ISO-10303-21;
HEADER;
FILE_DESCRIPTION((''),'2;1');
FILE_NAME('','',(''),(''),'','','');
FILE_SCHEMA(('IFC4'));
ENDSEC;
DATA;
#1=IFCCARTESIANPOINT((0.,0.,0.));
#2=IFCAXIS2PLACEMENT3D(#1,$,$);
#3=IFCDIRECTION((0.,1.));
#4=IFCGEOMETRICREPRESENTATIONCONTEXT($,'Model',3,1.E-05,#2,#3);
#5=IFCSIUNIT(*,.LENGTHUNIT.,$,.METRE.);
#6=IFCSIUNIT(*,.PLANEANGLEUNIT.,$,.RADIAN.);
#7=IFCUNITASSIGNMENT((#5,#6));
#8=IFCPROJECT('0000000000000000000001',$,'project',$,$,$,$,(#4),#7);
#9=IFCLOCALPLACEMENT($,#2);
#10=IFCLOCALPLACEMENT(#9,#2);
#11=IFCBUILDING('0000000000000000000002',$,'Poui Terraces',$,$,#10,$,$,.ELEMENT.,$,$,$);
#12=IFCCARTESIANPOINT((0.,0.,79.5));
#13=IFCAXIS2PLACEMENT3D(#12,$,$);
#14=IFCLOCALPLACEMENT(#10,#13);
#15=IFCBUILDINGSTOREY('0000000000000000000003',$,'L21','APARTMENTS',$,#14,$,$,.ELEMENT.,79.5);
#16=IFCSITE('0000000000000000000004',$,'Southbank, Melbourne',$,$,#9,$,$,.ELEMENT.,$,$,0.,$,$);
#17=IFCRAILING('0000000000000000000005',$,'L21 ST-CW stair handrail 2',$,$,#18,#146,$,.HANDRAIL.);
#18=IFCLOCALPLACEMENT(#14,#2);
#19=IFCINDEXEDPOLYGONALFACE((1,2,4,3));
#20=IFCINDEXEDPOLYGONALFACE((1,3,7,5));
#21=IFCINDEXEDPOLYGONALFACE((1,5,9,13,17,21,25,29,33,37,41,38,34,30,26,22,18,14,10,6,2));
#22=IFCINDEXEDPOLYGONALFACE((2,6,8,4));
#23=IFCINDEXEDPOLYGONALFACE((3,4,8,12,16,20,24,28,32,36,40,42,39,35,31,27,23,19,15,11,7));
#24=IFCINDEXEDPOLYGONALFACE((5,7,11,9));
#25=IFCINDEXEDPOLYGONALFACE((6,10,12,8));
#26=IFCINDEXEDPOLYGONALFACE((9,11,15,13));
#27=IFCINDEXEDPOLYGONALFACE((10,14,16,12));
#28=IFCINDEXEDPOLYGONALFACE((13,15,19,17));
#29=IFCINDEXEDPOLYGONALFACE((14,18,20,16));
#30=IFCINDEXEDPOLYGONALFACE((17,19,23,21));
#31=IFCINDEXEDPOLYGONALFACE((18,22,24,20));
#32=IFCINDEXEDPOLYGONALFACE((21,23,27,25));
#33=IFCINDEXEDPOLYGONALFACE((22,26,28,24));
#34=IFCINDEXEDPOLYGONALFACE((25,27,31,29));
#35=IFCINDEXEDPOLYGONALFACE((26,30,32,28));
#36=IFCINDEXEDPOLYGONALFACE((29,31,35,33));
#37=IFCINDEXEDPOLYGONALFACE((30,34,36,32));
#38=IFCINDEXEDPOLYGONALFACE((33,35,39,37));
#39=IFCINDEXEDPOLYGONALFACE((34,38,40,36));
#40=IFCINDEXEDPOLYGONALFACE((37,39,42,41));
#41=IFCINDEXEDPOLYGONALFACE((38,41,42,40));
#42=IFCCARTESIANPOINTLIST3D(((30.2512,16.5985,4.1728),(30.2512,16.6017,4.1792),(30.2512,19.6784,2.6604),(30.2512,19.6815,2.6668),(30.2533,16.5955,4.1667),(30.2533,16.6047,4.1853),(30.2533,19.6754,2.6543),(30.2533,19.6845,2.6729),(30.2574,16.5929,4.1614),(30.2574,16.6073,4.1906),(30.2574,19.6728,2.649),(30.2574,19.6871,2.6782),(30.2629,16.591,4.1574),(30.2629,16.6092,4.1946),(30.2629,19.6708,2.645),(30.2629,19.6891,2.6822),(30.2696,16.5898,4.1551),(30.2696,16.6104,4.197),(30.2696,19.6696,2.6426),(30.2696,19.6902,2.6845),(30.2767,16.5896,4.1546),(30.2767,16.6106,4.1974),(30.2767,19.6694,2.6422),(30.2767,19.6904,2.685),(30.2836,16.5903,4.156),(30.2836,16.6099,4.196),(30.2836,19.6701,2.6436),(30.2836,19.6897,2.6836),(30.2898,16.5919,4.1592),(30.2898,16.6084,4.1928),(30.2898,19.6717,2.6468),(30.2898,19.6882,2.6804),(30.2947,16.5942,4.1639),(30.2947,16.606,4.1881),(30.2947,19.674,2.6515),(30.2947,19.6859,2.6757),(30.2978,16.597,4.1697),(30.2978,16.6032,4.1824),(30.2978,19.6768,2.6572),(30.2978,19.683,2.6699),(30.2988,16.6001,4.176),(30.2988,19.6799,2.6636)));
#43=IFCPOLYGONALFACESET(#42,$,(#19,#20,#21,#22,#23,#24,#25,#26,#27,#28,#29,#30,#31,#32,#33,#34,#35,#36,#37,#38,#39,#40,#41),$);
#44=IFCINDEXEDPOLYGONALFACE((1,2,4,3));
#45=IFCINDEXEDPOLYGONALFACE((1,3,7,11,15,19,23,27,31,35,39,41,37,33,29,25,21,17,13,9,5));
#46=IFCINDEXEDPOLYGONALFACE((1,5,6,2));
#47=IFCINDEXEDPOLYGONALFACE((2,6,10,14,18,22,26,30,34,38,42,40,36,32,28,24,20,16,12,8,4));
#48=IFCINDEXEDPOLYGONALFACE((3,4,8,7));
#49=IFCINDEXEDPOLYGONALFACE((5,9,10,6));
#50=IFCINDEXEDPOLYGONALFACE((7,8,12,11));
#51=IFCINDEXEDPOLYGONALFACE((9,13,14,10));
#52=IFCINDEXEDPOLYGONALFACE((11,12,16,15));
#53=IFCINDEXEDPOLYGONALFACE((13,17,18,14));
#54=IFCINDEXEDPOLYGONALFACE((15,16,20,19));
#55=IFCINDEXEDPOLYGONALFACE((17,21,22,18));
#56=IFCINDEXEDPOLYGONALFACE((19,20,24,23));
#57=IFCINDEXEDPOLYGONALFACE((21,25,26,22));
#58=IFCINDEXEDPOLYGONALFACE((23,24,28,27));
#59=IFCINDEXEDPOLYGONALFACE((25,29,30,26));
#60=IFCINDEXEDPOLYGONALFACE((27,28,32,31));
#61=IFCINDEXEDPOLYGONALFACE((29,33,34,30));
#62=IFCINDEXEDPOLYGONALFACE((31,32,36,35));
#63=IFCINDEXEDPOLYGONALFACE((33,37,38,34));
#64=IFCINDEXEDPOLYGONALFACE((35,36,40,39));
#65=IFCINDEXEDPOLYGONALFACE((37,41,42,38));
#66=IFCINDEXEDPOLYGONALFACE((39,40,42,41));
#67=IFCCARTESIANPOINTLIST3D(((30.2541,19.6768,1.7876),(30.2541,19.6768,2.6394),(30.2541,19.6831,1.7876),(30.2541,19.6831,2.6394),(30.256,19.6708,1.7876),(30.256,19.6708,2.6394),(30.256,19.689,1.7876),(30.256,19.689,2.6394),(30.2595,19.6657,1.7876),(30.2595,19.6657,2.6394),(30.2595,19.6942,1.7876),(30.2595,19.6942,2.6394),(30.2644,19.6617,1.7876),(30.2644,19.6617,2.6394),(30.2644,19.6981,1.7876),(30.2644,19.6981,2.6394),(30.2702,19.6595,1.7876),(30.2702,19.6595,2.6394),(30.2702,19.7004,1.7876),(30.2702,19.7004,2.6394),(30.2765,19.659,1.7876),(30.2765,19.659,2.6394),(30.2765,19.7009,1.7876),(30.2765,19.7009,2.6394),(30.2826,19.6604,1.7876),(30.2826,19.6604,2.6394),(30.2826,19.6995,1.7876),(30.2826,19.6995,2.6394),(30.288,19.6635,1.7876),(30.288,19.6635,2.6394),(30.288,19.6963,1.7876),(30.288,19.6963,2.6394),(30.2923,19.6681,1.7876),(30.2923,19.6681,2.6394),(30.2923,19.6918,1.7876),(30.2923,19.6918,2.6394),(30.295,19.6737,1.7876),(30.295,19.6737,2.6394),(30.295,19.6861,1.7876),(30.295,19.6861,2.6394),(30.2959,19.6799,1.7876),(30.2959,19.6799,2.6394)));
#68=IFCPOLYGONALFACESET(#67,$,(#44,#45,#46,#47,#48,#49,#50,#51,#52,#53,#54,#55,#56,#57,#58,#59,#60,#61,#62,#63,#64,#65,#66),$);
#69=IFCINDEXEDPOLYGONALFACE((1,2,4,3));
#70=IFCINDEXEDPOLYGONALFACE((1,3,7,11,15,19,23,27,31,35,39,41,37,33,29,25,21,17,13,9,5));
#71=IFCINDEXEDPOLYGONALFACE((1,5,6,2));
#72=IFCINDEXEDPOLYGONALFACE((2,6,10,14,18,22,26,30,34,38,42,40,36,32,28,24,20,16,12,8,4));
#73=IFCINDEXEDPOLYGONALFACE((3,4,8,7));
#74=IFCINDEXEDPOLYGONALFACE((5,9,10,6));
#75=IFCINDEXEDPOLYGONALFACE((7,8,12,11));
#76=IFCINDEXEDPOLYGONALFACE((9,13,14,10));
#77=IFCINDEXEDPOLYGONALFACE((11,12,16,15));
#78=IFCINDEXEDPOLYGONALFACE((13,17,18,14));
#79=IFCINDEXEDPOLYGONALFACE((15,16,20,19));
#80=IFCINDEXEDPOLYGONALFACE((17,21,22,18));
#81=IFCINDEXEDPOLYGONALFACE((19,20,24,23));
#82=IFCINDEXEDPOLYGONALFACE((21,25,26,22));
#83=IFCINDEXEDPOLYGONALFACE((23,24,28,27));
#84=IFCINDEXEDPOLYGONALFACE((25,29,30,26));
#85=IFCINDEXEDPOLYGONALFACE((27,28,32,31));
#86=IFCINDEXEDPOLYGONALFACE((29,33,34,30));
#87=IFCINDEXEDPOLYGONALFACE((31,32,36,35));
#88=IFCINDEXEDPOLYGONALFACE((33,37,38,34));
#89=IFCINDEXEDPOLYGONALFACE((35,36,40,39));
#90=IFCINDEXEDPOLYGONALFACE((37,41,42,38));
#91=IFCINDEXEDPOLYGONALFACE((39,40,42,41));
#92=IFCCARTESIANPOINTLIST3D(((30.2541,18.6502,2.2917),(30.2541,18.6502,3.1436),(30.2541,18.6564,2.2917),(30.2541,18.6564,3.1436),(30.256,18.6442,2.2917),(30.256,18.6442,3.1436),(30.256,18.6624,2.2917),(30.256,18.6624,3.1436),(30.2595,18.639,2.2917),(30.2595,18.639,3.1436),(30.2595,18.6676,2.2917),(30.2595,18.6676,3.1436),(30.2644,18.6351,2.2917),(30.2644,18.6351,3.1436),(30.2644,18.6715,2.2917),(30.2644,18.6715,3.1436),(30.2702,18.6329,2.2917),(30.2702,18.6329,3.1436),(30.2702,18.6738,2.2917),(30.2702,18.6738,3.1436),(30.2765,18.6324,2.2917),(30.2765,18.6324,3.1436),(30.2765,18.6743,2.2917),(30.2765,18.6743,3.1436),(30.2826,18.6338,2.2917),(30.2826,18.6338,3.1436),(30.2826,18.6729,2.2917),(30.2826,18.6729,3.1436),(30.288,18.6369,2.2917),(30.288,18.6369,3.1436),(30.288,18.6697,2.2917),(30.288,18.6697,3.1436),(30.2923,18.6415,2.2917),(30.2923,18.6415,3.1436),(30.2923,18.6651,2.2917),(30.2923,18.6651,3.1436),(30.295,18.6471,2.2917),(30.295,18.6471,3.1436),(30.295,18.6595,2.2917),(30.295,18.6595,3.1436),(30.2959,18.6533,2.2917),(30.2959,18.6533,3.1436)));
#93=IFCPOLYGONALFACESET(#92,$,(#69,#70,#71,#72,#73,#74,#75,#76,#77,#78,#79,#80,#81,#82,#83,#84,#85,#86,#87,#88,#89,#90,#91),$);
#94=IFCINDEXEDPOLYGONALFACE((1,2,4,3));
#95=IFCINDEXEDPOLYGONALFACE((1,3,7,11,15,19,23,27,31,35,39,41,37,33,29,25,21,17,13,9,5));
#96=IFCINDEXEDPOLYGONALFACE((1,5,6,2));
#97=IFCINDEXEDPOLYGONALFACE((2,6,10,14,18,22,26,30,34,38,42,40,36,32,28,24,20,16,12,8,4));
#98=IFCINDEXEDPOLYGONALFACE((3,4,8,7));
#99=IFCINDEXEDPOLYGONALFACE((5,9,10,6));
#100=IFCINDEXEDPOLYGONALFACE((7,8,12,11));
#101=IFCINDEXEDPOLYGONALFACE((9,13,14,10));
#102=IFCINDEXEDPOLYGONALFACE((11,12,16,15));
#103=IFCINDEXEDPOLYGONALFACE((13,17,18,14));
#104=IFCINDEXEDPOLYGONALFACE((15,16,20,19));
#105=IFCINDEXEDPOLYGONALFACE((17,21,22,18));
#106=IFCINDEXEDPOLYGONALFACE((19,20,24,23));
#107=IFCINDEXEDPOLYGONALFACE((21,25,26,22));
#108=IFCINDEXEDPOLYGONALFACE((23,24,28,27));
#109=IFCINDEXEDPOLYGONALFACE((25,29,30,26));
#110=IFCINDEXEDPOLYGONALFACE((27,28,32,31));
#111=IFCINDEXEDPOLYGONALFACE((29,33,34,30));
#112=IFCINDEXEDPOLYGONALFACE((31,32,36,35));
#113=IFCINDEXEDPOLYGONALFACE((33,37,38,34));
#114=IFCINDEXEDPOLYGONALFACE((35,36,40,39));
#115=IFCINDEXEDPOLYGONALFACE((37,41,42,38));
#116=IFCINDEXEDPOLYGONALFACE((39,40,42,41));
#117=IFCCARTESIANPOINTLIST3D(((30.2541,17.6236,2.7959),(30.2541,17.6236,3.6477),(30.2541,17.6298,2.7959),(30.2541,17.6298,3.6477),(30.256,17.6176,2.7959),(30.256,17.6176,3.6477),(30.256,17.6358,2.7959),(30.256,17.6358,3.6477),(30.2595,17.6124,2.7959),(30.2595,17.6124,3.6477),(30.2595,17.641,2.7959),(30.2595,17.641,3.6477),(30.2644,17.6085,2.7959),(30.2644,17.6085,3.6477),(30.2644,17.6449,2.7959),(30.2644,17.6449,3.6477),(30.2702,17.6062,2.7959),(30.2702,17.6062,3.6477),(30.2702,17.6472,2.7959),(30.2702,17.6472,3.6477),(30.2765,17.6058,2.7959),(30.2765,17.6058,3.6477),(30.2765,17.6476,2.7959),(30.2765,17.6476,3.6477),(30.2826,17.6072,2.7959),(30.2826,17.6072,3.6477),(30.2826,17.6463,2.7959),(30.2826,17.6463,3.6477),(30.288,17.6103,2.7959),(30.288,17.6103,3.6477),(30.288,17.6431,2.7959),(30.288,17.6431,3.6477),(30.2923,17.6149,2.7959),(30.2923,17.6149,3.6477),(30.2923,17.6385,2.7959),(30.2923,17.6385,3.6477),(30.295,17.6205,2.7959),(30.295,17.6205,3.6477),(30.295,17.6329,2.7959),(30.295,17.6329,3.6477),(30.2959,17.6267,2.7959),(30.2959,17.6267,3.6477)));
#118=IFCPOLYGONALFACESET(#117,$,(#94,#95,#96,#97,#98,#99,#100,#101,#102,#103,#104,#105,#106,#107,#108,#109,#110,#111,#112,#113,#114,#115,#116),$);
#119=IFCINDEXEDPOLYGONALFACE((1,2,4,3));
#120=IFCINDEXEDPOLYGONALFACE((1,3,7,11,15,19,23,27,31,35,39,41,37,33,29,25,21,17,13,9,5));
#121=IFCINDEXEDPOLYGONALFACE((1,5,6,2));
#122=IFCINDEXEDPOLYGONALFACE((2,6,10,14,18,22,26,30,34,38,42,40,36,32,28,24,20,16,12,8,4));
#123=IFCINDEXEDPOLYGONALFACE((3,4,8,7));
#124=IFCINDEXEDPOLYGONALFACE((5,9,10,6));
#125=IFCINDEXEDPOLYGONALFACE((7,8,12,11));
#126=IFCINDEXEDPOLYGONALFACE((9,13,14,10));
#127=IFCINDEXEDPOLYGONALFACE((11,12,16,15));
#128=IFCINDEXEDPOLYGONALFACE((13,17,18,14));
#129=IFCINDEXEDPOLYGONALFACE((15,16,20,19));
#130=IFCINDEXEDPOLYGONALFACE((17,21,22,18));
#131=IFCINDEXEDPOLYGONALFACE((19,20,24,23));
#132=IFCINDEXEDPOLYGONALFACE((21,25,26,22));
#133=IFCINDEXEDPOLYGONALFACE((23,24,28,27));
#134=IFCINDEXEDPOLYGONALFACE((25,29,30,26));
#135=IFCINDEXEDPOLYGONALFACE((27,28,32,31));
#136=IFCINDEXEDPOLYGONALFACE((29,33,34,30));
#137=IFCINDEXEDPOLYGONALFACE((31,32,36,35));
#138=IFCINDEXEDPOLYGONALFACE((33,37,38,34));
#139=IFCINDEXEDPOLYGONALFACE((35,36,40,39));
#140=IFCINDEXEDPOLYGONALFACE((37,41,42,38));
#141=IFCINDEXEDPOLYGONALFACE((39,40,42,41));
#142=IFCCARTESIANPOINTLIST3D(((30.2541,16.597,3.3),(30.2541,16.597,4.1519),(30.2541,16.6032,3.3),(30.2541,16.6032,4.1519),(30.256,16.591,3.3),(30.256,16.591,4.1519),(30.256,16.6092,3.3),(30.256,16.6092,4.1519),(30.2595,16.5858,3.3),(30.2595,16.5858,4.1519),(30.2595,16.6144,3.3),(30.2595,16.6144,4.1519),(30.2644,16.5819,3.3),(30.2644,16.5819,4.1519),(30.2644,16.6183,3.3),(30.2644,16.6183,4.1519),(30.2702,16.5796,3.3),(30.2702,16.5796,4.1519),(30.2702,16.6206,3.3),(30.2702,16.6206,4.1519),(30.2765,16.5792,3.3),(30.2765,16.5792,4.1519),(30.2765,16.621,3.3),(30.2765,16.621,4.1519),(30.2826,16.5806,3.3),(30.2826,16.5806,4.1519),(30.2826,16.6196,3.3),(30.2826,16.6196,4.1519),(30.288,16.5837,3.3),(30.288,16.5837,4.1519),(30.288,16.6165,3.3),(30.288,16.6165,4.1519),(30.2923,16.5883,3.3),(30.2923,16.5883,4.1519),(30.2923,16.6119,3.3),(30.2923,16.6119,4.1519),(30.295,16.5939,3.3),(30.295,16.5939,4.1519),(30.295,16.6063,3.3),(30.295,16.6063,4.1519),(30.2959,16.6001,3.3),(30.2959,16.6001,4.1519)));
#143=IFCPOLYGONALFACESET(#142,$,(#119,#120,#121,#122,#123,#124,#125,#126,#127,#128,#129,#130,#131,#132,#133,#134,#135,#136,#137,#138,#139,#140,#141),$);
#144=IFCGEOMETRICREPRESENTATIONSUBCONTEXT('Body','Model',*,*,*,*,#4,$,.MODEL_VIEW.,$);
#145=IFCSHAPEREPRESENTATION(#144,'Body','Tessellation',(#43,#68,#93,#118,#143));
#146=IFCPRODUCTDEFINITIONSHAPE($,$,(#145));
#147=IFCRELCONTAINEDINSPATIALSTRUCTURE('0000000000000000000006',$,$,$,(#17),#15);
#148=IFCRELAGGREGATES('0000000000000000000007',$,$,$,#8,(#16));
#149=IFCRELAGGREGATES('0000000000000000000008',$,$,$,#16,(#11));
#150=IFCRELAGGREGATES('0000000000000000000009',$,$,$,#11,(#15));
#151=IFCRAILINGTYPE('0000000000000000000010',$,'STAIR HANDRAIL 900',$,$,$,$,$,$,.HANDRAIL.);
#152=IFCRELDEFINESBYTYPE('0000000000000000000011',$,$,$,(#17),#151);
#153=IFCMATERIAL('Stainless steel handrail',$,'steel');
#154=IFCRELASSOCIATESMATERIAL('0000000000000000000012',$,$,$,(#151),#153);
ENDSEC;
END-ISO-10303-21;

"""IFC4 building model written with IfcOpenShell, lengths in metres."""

from ifc_helpers import new_model, si_unit, direction, frame, origin, origin_2d, place, context, subcontext, project, spatial, circle, extrude, material, type_object, element, save


model = new_model("IFC4")

# Units and contexts
model_context = context("Model", 3, precision=1e-05, world=origin(), true_north=direction((0.0, 1.0)))
body_context = subcontext(model_context, "Body", "Model", "MODEL_VIEW")
ifc_project = project(units=[si_unit("LENGTHUNIT", "METRE"), si_unit("PLANEANGLEUNIT", "RADIAN")], contexts=[model_context])

# Site, building, storey
site_placement = place(None, origin())
site = spatial("IfcSite", under=ifc_project, at=site_placement, Name="Southbank, Melbourne", CompositionType="ELEMENT", RefElevation=0.0)
building_placement = place(site_placement, origin())
building = spatial("IfcBuilding", under=site, at=building_placement, Name="Poui Terraces", CompositionType="ELEMENT")
storey_placement = place(building_placement, frame((0.0, 0.0, 79.5)))
storey = spatial("IfcBuildingStorey", under=building, at=storey_placement, Name="L21", Description="APARTMENTS", CompositionType="ELEMENT", Elevation=79.5)

# Railing
ifc_material_1 = material(Name="Stainless steel handrail", Category="steel")
railing_type_1 = type_object("IfcRailingType", Name="STAIR HANDRAIL 900", PredefinedType="HANDRAIL", material=ifc_material_1)
railing_1_placement = place(storey_placement, frame((30.2749, 19.6799, 1.7876)))
element("IfcRailing", 1, at=railing_1_placement, inside=storey, type_object=railing_type_1, Name="L21 ST-CW stair handrail 2", PredefinedType="HANDRAIL", context=body_context, shape_type="SweptSolid", body=[
    extrude(circle(Radius=0.0239, at=origin_2d()), frame((0.0, 0.0, 0.876), z_axis=(0.0, -0.897606, 0.440798), x_axis=(1.0, 0.0, 0.0)), (0.0, 0.0, 1.0), 3.4312),
    extrude(circle(Radius=0.021, at=origin_2d()), origin(), (0.0, 0.0, 1.0), 0.8518),
    extrude(circle(Radius=0.021, at=origin_2d()), frame((0.0, -1.0266, 0.5042)), (0.0, 0.0, 1.0), 0.8518),
    extrude(circle(Radius=0.021, at=origin_2d()), frame((0.0, -2.0532, 1.0083)), (0.0, 0.0, 1.0), 0.8518),
    extrude(circle(Radius=0.021, at=origin_2d()), frame((0.0, -3.0798, 1.5125)), (0.0, 0.0, 1.0), 0.8518),
])

save(model, "model.ifc")
